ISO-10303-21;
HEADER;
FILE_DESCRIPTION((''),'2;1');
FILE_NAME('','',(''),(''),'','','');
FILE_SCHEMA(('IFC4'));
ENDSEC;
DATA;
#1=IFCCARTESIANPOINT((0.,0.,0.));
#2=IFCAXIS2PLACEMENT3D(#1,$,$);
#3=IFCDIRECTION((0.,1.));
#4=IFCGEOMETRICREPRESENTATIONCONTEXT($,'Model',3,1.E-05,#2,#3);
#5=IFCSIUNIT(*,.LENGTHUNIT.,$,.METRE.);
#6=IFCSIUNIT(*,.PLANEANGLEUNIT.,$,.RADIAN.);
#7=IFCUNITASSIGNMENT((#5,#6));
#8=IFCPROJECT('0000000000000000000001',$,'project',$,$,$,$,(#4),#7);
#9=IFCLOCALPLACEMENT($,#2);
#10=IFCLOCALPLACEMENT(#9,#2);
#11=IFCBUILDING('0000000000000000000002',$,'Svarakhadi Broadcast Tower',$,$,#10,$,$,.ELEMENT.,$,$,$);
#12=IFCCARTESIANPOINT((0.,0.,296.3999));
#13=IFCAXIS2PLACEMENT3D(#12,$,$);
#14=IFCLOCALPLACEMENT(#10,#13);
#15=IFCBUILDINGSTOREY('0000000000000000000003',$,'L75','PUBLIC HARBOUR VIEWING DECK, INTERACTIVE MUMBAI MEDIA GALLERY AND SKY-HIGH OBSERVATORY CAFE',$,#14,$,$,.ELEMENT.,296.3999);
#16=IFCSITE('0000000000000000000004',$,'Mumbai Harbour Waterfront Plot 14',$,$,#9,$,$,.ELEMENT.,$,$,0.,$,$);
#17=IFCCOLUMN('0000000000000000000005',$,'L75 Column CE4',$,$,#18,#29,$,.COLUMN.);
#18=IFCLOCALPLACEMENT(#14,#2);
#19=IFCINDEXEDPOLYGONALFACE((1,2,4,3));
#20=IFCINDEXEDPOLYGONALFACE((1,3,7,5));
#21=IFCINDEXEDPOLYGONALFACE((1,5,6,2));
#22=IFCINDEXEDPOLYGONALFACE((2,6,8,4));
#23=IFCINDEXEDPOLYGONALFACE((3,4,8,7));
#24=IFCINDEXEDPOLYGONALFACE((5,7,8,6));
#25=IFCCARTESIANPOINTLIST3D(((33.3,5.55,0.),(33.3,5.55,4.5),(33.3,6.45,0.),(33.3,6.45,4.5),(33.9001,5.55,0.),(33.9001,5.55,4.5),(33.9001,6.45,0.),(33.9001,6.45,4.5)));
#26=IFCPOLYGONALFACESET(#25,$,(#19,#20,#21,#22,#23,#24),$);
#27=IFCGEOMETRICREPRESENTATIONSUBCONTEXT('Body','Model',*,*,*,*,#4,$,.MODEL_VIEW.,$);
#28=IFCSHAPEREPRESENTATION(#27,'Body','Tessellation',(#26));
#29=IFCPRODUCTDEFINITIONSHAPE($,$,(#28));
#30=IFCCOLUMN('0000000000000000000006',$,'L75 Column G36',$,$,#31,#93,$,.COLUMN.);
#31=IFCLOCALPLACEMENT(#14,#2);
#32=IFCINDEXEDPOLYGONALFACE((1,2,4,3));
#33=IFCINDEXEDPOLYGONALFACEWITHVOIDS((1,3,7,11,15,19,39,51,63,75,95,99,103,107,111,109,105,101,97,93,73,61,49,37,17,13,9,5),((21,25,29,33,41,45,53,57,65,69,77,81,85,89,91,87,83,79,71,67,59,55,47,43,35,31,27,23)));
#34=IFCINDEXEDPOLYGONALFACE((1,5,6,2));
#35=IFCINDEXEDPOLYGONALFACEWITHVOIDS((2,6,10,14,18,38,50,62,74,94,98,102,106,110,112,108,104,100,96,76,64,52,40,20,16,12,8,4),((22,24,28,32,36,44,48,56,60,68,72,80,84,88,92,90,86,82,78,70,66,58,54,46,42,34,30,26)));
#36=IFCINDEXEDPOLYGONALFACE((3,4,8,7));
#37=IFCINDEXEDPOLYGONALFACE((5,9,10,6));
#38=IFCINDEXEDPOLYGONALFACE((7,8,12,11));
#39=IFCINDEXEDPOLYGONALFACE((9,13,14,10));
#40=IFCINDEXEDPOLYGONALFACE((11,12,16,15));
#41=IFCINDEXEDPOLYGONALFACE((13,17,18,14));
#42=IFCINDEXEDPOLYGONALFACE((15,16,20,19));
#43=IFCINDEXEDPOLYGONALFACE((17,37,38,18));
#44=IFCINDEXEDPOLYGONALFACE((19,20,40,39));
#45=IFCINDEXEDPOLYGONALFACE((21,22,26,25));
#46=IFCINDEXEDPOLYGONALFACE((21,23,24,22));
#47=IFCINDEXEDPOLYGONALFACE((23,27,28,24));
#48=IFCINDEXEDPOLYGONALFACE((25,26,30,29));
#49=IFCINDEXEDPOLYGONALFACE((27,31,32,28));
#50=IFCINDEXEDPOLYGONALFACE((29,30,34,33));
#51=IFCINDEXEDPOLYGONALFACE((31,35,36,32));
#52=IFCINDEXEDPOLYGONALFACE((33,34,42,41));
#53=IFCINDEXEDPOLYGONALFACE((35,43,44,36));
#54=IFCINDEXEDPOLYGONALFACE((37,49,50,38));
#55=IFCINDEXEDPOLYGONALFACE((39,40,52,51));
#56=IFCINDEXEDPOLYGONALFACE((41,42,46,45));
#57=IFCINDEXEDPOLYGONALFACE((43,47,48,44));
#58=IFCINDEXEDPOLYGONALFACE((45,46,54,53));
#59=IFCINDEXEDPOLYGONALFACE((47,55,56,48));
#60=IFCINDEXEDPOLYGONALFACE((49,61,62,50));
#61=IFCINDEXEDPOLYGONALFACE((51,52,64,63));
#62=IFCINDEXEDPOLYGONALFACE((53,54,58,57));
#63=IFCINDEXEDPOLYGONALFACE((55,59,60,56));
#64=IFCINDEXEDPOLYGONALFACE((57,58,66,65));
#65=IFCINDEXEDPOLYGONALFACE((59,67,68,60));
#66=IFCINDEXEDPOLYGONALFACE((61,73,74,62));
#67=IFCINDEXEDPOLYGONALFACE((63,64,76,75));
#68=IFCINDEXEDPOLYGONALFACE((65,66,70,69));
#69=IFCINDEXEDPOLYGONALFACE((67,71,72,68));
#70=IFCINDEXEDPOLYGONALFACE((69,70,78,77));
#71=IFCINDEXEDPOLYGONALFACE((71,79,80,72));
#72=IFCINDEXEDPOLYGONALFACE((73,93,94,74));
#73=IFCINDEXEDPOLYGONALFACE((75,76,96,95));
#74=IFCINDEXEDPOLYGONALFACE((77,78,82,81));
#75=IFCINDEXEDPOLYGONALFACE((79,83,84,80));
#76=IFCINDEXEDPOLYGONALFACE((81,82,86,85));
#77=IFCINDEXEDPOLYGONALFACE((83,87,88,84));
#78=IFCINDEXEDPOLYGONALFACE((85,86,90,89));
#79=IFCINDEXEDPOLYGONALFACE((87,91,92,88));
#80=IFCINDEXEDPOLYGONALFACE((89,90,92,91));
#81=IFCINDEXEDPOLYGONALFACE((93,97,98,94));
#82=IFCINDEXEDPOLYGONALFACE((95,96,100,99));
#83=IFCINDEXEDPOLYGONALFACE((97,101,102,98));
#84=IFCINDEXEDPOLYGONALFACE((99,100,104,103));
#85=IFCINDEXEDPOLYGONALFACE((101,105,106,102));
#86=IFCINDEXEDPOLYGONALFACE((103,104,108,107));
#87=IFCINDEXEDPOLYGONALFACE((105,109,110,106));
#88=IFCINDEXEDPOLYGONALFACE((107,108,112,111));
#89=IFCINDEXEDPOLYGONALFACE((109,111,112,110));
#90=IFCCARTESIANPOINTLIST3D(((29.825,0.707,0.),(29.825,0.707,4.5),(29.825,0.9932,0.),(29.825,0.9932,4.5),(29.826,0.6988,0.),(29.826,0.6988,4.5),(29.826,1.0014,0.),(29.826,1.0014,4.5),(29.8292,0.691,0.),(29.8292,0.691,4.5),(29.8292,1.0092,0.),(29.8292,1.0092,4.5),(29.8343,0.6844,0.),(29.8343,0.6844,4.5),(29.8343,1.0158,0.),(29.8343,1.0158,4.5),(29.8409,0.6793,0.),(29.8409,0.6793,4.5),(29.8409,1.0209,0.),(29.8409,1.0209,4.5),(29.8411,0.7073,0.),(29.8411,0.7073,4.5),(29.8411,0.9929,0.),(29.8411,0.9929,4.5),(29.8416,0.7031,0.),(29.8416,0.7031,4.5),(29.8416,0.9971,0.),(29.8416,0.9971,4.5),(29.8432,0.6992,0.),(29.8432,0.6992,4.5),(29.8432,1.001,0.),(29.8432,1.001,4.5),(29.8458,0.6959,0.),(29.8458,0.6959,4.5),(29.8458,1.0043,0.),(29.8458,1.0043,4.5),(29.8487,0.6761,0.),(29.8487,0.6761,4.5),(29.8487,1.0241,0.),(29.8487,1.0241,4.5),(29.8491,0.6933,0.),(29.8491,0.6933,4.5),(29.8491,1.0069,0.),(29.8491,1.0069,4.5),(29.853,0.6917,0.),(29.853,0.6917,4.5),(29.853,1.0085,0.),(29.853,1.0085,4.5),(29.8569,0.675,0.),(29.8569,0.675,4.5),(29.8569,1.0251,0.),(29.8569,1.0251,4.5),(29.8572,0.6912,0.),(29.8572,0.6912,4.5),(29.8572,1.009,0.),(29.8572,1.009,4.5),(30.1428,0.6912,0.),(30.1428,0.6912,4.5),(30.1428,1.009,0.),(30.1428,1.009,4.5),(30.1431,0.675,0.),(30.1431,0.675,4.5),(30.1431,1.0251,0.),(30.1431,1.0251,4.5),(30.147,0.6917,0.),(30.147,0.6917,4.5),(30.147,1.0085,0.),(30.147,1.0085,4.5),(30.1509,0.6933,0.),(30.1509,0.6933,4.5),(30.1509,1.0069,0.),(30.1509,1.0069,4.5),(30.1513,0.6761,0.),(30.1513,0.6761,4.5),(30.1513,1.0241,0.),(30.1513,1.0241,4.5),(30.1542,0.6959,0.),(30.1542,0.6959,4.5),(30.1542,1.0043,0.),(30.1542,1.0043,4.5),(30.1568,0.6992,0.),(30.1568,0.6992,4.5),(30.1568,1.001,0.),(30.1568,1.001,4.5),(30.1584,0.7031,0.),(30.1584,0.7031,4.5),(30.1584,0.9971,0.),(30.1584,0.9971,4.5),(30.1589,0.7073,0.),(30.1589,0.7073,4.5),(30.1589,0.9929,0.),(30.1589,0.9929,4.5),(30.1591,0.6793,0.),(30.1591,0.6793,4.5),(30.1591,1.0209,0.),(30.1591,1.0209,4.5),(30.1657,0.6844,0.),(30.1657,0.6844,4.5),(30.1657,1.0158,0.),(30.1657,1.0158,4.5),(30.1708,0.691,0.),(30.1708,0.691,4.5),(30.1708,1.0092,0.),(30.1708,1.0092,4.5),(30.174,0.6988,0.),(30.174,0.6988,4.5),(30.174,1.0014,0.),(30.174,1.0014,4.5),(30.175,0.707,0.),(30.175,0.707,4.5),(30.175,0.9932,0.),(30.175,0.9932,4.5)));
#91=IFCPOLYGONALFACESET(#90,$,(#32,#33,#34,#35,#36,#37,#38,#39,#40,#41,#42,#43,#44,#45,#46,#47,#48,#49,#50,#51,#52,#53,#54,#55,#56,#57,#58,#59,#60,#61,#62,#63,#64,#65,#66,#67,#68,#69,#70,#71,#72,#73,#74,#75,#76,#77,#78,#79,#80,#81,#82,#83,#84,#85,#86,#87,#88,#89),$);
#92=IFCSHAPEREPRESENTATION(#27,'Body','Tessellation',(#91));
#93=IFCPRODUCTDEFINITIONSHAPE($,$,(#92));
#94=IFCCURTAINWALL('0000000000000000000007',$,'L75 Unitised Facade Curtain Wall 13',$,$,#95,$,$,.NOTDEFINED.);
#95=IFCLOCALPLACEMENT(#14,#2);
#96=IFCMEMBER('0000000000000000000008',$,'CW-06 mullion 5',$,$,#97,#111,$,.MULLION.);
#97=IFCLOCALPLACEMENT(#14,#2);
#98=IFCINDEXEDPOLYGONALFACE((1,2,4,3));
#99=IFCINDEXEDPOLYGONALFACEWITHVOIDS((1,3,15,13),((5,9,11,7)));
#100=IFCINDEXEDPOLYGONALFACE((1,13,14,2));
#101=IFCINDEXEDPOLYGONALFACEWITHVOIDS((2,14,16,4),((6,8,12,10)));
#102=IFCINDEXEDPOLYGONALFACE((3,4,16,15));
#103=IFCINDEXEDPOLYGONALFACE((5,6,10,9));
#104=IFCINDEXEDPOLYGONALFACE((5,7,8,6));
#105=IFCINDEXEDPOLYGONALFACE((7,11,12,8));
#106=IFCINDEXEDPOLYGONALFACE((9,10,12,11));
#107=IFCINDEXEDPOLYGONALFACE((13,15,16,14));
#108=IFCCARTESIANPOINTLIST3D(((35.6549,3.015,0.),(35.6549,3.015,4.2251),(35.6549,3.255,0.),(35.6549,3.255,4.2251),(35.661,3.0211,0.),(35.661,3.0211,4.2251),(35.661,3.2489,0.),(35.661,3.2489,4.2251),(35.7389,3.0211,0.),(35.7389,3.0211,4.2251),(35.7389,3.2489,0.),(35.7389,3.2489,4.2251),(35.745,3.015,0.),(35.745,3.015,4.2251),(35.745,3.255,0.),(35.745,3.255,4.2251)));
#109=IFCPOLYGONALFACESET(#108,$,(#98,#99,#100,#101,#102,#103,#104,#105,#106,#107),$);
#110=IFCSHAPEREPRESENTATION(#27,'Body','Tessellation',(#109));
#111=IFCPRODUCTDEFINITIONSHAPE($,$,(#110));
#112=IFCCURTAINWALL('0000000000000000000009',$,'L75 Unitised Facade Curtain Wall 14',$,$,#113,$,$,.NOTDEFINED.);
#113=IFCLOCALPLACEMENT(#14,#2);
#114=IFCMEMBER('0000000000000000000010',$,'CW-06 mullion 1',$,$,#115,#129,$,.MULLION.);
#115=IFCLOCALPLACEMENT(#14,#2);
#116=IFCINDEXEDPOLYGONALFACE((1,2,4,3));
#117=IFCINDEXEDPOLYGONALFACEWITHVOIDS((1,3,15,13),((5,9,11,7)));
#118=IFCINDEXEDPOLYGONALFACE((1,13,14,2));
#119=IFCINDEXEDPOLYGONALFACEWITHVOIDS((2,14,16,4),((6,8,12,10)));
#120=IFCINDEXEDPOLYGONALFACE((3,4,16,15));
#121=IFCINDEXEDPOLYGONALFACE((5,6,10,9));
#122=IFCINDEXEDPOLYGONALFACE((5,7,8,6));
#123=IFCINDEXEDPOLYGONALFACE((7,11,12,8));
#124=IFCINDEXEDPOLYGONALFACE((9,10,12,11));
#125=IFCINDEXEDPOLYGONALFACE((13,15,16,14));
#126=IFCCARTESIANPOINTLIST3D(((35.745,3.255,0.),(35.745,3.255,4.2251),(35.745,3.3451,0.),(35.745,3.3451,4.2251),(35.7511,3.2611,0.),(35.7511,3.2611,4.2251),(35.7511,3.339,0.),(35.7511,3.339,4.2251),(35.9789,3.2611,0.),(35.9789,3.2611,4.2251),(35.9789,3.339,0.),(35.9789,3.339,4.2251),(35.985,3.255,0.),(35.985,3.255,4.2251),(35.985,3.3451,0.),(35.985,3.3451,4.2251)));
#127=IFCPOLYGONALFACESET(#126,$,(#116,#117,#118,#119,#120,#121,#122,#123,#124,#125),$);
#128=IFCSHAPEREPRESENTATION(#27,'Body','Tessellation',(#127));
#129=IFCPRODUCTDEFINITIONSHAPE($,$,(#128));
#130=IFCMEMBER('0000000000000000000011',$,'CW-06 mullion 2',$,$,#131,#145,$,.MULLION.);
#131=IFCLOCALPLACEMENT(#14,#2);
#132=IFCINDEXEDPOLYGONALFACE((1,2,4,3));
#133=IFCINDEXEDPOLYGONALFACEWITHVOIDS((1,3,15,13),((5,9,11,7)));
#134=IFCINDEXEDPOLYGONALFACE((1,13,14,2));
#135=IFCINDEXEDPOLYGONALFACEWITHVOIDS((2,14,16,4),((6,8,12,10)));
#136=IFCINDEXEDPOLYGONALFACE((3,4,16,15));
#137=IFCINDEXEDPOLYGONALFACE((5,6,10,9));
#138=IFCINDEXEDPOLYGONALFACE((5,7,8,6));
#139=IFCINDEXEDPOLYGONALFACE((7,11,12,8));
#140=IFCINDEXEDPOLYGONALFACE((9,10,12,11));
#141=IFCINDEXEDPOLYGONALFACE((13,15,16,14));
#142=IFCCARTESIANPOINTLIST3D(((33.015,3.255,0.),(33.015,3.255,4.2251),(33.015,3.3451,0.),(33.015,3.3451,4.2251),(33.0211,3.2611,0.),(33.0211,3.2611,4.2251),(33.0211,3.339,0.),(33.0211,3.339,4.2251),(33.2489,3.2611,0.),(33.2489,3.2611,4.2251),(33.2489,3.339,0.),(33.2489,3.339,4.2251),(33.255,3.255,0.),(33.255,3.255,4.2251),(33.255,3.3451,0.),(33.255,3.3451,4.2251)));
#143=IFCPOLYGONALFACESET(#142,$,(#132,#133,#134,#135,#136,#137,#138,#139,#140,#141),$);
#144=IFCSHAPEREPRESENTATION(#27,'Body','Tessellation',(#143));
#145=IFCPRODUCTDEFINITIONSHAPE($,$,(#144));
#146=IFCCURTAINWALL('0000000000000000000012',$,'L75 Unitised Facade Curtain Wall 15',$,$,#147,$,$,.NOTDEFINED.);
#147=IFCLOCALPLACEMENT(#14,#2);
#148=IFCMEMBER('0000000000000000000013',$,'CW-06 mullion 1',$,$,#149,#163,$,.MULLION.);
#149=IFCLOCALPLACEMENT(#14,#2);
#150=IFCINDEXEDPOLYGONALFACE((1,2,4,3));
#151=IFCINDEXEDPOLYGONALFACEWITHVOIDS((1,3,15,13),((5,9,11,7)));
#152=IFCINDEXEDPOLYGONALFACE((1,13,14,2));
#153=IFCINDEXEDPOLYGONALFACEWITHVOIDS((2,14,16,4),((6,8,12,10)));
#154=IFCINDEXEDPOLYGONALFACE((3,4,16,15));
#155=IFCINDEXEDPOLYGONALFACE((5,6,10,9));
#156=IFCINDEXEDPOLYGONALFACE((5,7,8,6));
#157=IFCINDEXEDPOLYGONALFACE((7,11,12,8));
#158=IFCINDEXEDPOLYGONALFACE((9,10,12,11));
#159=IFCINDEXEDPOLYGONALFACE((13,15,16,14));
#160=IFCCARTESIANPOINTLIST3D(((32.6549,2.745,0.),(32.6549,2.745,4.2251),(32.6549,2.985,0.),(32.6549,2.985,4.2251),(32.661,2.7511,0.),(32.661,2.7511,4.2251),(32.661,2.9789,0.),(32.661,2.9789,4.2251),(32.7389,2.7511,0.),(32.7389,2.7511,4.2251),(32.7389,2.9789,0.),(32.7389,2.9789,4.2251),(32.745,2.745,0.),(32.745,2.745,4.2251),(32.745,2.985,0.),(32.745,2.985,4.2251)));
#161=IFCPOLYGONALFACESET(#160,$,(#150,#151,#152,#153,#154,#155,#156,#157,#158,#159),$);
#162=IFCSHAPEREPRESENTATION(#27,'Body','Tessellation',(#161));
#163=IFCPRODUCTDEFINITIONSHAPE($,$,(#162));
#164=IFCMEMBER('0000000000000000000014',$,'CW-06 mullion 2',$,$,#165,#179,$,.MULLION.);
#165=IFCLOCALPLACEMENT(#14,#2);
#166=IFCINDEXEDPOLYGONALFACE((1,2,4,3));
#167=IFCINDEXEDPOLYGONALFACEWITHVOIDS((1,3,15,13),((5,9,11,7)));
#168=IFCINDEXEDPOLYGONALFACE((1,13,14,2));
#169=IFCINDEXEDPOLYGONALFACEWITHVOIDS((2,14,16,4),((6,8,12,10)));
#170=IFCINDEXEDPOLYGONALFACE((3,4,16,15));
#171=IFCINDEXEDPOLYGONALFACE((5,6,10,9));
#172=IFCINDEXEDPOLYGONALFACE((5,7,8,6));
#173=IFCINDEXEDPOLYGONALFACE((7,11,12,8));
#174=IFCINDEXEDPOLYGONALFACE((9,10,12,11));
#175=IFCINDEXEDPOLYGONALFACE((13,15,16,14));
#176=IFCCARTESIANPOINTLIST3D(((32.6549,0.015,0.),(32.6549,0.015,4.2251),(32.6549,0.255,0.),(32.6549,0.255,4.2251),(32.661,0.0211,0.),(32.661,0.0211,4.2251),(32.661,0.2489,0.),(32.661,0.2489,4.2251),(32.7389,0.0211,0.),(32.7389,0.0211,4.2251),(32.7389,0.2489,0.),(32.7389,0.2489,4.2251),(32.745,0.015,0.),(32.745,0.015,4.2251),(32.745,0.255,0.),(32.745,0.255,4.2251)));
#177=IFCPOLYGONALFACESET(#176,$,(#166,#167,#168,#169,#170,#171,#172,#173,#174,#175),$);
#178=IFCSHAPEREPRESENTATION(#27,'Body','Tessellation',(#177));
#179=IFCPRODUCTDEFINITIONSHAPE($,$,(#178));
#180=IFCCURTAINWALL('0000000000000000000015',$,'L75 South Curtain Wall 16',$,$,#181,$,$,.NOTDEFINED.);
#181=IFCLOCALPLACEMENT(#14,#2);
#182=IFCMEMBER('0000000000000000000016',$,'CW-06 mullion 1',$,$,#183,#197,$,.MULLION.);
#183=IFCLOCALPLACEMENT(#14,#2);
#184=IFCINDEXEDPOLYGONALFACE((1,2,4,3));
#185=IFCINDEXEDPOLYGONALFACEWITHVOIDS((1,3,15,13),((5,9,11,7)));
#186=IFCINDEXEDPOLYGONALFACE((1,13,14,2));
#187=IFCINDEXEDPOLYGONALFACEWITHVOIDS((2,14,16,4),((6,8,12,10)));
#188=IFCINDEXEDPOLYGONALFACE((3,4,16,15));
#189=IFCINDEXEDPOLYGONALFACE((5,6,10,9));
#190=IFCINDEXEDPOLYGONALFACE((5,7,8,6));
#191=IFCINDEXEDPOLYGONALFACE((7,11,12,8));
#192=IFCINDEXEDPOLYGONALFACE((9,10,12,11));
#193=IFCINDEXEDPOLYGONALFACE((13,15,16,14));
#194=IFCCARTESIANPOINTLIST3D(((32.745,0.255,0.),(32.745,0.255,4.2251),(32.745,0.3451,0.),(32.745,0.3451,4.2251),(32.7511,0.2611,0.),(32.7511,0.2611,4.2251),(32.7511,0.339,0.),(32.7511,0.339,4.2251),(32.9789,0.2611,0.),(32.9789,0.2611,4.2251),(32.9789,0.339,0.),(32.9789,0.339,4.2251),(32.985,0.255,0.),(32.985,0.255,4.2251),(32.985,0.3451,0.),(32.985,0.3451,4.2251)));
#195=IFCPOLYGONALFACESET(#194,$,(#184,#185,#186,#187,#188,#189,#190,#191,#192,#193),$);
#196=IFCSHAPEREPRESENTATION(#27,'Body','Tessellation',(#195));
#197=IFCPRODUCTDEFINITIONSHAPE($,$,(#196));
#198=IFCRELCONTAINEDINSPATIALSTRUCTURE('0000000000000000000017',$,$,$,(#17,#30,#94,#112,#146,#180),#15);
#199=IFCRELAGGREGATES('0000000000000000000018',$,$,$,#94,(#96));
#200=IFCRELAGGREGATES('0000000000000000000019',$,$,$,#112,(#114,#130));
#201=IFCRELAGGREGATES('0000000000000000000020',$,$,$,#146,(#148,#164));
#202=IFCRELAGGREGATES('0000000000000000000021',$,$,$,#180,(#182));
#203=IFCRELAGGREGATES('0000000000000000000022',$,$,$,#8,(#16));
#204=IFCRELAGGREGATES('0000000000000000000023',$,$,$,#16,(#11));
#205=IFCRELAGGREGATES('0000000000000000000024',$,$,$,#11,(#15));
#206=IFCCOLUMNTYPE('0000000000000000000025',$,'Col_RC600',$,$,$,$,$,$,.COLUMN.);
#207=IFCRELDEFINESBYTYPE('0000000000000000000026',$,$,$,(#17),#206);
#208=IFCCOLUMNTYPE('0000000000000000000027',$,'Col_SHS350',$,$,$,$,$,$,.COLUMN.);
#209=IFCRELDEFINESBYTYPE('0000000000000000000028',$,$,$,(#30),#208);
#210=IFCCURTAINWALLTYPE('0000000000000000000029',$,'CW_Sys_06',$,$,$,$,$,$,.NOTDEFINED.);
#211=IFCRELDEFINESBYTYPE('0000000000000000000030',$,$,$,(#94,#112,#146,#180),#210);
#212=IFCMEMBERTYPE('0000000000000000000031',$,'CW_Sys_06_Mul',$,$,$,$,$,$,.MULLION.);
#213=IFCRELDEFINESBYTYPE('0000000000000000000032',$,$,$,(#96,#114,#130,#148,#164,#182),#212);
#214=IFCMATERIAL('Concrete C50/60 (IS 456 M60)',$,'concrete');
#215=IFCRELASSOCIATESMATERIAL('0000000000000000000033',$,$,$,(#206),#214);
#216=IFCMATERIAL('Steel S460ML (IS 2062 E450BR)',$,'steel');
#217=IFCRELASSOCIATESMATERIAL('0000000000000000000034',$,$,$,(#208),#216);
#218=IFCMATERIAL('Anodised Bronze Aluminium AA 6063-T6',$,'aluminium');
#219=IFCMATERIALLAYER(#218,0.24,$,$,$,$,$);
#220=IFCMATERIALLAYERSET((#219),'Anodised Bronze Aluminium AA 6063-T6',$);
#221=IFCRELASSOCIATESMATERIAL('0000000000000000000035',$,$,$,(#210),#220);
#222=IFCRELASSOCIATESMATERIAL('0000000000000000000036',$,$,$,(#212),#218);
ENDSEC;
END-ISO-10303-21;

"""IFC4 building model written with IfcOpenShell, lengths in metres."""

from ifc_helpers import new_model, si_unit, direction, frame, origin, origin_2d, place, context, subcontext, project, spatial, rectangle, hollow_rectangle, extrude, material, layer, layer_set, material_profile, profile_set, type_object, element, aggregate, save


model = new_model("IFC4")

# Units and contexts
model_context = context("Model", 3, precision=1e-05, world=origin(), true_north=direction((0.0, 1.0)))
body_context = subcontext(model_context, "Body", "Model", "MODEL_VIEW")
ifc_project = project(units=[si_unit("LENGTHUNIT", "METRE"), si_unit("PLANEANGLEUNIT", "RADIAN")], contexts=[model_context])

# Site, building, storey
site_placement = place(None, origin())
site = spatial("IfcSite", under=ifc_project, at=site_placement, Name="Mumbai Harbour Waterfront Plot 14", CompositionType="ELEMENT", RefElevation=0.0)
building_placement = place(site_placement, origin())
building = spatial("IfcBuilding", under=site, at=building_placement, Name="Svarakhadi Broadcast Tower", CompositionType="ELEMENT")
storey_placement = place(building_placement, frame((0.0, 0.0, 296.3999)))
storey = spatial("IfcBuildingStorey", under=building, at=storey_placement, Name="L75", Description="PUBLIC HARBOUR VIEWING DECK, INTERACTIVE MUMBAI MEDIA GALLERY AND SKY-HIGH OBSERVATORY CAFE", CompositionType="ELEMENT", Elevation=296.3999)

# Columns
ifc_material_1 = material(Name="Concrete C50/60 (IS 456 M60)", Category="concrete")
ifc_material_profile_1 = material_profile(ifc_material_1, rectangle(XDim=0.6001, YDim=0.8999, at=origin_2d()), Name="RC 600x900")
ifc_profile_set_1 = profile_set([ifc_material_profile_1], Name="Concrete C50/60 (IS 456 M60)")
column_type_1 = type_object("IfcColumnType", Name="Col_RC600", PredefinedType="COLUMN", material=ifc_profile_set_1)
column_1_placement = place(storey_placement, frame((33.6001, 6.0, 0.0), z_axis=(0.0, 0.0, 1.0), x_axis=(1.0, 0.0, 0.0)))
element("IfcColumn", 1, at=column_1_placement, inside=storey, type_object=column_type_1, Name="L75 Column CE4", PredefinedType="COLUMN", context=body_context, shape_type="SweptSolid", body=[
    extrude(rectangle(XDim=0.6001, YDim=0.8999, at=origin_2d()), origin(), (0.0, 0.0, 1.0), 4.5),
])
ifc_material_2 = material(Name="Steel S460ML (IS 2062 E450BR)", Category="steel")
ifc_material_profile_2 = material_profile(ifc_material_2, hollow_rectangle(XDim=0.3501, YDim=0.3501, WallThickness=0.0161, InnerFilletRadius=0.0161, OuterFilletRadius=0.032, at=origin_2d()), Name="SHS 350x350x16")
ifc_profile_set_2 = profile_set([ifc_material_profile_2], Name="Steel S460ML (IS 2062 E450BR)")
column_type_2 = type_object("IfcColumnType", Name="Col_SHS350", PredefinedType="COLUMN", material=ifc_profile_set_2)
column_2_placement = place(storey_placement, frame((30.0, 0.8501, 0.0), z_axis=(0.0, 0.0, 1.0), x_axis=(1.0, 0.0, 0.0)))
element("IfcColumn", 2, at=column_2_placement, inside=storey, type_object=column_type_2, Name="L75 Column G36", PredefinedType="COLUMN", context=body_context, shape_type="SweptSolid", body=[
    extrude(hollow_rectangle(XDim=0.3501, YDim=0.3501, WallThickness=0.0161, InnerFilletRadius=0.0161, OuterFilletRadius=0.032, at=origin_2d()), origin(), (0.0, 0.0, 1.0), 4.5),
])

# Curtain wall, member
ifc_material_3 = material(Name="Anodised Bronze Aluminium AA 6063-T6", Category="aluminium")
ifc_layer_1 = layer(ifc_material_3, 0.24)
ifc_layer_set_1 = layer_set([ifc_layer_1], Name="Anodised Bronze Aluminium AA 6063-T6")
curtain_wall_type = type_object("IfcCurtainWallType", Name="CW_Sys_06", PredefinedType="NOTDEFINED", material=ifc_layer_set_1)
curtain_wall_1_placement = place(storey_placement, origin())
curtain_wall_1 = element("IfcCurtainWall", 3, at=curtain_wall_1_placement, inside=storey, type_object=curtain_wall_type, Name="L75 Unitised Facade Curtain Wall 13", PredefinedType="NOTDEFINED")
ifc_material_profile_3 = material_profile(ifc_material_3, hollow_rectangle(XDim=0.0901, YDim=0.24, WallThickness=0.0061, at=origin_2d()), Name="ALU MULLION 240x90x6")
ifc_profile_set_3 = profile_set([ifc_material_profile_3], Name="Anodised Bronze Aluminium AA 6063-T6")
member_type_1 = type_object("IfcMemberType", Name="CW_Sys_06_Mul", PredefinedType="MULLION", material=ifc_profile_set_3)
member_1_placement = place(storey_placement, frame((35.7, 3.135, 0.0), z_axis=(0.0, 0.0, 1.0), x_axis=(1.0, 0.0, 0.0)))
member_1 = element("IfcMember", 4, at=member_1_placement, type_object=member_type_1, Name="CW-06 mullion 5", PredefinedType="MULLION", context=body_context, shape_type="SweptSolid", body=[
    extrude(hollow_rectangle(XDim=0.0901, YDim=0.24, WallThickness=0.0061, at=origin_2d()), origin(), (0.0, 0.0, 1.0), 4.2251),
])

# Curtain walls, members
curtain_wall_2_placement = place(storey_placement, origin())
curtain_wall_2 = element("IfcCurtainWall", 5, at=curtain_wall_2_placement, inside=storey, type_object=curtain_wall_type, Name="L75 Unitised Facade Curtain Wall 14", PredefinedType="NOTDEFINED")
member_2_placement = place(storey_placement, frame((35.865, 3.3, 0.0), z_axis=(0.0, 0.0, 1.0), x_axis=(0.0, -1.0, 0.0)))
member_2 = element("IfcMember", 6, at=member_2_placement, type_object=member_type_1, Name="CW-06 mullion 1", PredefinedType="MULLION", context=body_context, shape_type="SweptSolid", body=[
    extrude(hollow_rectangle(XDim=0.0901, YDim=0.24, WallThickness=0.0061, at=origin_2d()), origin(), (0.0, 0.0, 1.0), 4.2251),
])
member_3_placement = place(storey_placement, frame((33.135, 3.3, 0.0), z_axis=(0.0, 0.0, 1.0), x_axis=(0.0, -1.0, 0.0)))
member_3 = element("IfcMember", 7, at=member_3_placement, type_object=member_type_1, Name="CW-06 mullion 2", PredefinedType="MULLION", context=body_context, shape_type="SweptSolid", body=[
    extrude(hollow_rectangle(XDim=0.0901, YDim=0.24, WallThickness=0.0061, at=origin_2d()), origin(), (0.0, 0.0, 1.0), 4.2251),
])
curtain_wall_3_placement = place(storey_placement, origin())
curtain_wall_3 = element("IfcCurtainWall", 8, at=curtain_wall_3_placement, inside=storey, type_object=curtain_wall_type, Name="L75 Unitised Facade Curtain Wall 15", PredefinedType="NOTDEFINED")
member_4_placement = place(storey_placement, frame((32.7, 2.865, 0.0), z_axis=(0.0, 0.0, 1.0), x_axis=(1.0, 0.0, 0.0)))
member_4 = element("IfcMember", 9, at=member_4_placement, type_object=member_type_1, Name="CW-06 mullion 1", PredefinedType="MULLION", context=body_context, shape_type="SweptSolid", body=[
    extrude(hollow_rectangle(XDim=0.0901, YDim=0.24, WallThickness=0.0061, at=origin_2d()), origin(), (0.0, 0.0, 1.0), 4.2251),
])
member_5_placement = place(storey_placement, frame((32.7, 0.135, 0.0), z_axis=(0.0, 0.0, 1.0), x_axis=(1.0, 0.0, 0.0)))
member_5 = element("IfcMember", 10, at=member_5_placement, type_object=member_type_1, Name="CW-06 mullion 2", PredefinedType="MULLION", context=body_context, shape_type="SweptSolid", body=[
    extrude(hollow_rectangle(XDim=0.0901, YDim=0.24, WallThickness=0.0061, at=origin_2d()), origin(), (0.0, 0.0, 1.0), 4.2251),
])
curtain_wall_4_placement = place(storey_placement, origin())
curtain_wall_4 = element("IfcCurtainWall", 11, at=curtain_wall_4_placement, inside=storey, type_object=curtain_wall_type, Name="L75 South Curtain Wall 16", PredefinedType="NOTDEFINED")
member_6_placement = place(storey_placement, frame((32.865, 0.3, 0.0), z_axis=(0.0, 0.0, 1.0), x_axis=(0.0, -1.0, 0.0)))
member_6 = element("IfcMember", 12, at=member_6_placement, type_object=member_type_1, Name="CW-06 mullion 1", PredefinedType="MULLION", context=body_context, shape_type="SweptSolid", body=[
    extrude(hollow_rectangle(XDim=0.0901, YDim=0.24, WallThickness=0.0061, at=origin_2d()), origin(), (0.0, 0.0, 1.0), 4.2251),
])

aggregate(curtain_wall_1, [member_1])
aggregate(curtain_wall_2, [member_2, member_3])
aggregate(curtain_wall_3, [member_4, member_5])
aggregate(curtain_wall_4, [member_6])

save(model, "model.ifc")
